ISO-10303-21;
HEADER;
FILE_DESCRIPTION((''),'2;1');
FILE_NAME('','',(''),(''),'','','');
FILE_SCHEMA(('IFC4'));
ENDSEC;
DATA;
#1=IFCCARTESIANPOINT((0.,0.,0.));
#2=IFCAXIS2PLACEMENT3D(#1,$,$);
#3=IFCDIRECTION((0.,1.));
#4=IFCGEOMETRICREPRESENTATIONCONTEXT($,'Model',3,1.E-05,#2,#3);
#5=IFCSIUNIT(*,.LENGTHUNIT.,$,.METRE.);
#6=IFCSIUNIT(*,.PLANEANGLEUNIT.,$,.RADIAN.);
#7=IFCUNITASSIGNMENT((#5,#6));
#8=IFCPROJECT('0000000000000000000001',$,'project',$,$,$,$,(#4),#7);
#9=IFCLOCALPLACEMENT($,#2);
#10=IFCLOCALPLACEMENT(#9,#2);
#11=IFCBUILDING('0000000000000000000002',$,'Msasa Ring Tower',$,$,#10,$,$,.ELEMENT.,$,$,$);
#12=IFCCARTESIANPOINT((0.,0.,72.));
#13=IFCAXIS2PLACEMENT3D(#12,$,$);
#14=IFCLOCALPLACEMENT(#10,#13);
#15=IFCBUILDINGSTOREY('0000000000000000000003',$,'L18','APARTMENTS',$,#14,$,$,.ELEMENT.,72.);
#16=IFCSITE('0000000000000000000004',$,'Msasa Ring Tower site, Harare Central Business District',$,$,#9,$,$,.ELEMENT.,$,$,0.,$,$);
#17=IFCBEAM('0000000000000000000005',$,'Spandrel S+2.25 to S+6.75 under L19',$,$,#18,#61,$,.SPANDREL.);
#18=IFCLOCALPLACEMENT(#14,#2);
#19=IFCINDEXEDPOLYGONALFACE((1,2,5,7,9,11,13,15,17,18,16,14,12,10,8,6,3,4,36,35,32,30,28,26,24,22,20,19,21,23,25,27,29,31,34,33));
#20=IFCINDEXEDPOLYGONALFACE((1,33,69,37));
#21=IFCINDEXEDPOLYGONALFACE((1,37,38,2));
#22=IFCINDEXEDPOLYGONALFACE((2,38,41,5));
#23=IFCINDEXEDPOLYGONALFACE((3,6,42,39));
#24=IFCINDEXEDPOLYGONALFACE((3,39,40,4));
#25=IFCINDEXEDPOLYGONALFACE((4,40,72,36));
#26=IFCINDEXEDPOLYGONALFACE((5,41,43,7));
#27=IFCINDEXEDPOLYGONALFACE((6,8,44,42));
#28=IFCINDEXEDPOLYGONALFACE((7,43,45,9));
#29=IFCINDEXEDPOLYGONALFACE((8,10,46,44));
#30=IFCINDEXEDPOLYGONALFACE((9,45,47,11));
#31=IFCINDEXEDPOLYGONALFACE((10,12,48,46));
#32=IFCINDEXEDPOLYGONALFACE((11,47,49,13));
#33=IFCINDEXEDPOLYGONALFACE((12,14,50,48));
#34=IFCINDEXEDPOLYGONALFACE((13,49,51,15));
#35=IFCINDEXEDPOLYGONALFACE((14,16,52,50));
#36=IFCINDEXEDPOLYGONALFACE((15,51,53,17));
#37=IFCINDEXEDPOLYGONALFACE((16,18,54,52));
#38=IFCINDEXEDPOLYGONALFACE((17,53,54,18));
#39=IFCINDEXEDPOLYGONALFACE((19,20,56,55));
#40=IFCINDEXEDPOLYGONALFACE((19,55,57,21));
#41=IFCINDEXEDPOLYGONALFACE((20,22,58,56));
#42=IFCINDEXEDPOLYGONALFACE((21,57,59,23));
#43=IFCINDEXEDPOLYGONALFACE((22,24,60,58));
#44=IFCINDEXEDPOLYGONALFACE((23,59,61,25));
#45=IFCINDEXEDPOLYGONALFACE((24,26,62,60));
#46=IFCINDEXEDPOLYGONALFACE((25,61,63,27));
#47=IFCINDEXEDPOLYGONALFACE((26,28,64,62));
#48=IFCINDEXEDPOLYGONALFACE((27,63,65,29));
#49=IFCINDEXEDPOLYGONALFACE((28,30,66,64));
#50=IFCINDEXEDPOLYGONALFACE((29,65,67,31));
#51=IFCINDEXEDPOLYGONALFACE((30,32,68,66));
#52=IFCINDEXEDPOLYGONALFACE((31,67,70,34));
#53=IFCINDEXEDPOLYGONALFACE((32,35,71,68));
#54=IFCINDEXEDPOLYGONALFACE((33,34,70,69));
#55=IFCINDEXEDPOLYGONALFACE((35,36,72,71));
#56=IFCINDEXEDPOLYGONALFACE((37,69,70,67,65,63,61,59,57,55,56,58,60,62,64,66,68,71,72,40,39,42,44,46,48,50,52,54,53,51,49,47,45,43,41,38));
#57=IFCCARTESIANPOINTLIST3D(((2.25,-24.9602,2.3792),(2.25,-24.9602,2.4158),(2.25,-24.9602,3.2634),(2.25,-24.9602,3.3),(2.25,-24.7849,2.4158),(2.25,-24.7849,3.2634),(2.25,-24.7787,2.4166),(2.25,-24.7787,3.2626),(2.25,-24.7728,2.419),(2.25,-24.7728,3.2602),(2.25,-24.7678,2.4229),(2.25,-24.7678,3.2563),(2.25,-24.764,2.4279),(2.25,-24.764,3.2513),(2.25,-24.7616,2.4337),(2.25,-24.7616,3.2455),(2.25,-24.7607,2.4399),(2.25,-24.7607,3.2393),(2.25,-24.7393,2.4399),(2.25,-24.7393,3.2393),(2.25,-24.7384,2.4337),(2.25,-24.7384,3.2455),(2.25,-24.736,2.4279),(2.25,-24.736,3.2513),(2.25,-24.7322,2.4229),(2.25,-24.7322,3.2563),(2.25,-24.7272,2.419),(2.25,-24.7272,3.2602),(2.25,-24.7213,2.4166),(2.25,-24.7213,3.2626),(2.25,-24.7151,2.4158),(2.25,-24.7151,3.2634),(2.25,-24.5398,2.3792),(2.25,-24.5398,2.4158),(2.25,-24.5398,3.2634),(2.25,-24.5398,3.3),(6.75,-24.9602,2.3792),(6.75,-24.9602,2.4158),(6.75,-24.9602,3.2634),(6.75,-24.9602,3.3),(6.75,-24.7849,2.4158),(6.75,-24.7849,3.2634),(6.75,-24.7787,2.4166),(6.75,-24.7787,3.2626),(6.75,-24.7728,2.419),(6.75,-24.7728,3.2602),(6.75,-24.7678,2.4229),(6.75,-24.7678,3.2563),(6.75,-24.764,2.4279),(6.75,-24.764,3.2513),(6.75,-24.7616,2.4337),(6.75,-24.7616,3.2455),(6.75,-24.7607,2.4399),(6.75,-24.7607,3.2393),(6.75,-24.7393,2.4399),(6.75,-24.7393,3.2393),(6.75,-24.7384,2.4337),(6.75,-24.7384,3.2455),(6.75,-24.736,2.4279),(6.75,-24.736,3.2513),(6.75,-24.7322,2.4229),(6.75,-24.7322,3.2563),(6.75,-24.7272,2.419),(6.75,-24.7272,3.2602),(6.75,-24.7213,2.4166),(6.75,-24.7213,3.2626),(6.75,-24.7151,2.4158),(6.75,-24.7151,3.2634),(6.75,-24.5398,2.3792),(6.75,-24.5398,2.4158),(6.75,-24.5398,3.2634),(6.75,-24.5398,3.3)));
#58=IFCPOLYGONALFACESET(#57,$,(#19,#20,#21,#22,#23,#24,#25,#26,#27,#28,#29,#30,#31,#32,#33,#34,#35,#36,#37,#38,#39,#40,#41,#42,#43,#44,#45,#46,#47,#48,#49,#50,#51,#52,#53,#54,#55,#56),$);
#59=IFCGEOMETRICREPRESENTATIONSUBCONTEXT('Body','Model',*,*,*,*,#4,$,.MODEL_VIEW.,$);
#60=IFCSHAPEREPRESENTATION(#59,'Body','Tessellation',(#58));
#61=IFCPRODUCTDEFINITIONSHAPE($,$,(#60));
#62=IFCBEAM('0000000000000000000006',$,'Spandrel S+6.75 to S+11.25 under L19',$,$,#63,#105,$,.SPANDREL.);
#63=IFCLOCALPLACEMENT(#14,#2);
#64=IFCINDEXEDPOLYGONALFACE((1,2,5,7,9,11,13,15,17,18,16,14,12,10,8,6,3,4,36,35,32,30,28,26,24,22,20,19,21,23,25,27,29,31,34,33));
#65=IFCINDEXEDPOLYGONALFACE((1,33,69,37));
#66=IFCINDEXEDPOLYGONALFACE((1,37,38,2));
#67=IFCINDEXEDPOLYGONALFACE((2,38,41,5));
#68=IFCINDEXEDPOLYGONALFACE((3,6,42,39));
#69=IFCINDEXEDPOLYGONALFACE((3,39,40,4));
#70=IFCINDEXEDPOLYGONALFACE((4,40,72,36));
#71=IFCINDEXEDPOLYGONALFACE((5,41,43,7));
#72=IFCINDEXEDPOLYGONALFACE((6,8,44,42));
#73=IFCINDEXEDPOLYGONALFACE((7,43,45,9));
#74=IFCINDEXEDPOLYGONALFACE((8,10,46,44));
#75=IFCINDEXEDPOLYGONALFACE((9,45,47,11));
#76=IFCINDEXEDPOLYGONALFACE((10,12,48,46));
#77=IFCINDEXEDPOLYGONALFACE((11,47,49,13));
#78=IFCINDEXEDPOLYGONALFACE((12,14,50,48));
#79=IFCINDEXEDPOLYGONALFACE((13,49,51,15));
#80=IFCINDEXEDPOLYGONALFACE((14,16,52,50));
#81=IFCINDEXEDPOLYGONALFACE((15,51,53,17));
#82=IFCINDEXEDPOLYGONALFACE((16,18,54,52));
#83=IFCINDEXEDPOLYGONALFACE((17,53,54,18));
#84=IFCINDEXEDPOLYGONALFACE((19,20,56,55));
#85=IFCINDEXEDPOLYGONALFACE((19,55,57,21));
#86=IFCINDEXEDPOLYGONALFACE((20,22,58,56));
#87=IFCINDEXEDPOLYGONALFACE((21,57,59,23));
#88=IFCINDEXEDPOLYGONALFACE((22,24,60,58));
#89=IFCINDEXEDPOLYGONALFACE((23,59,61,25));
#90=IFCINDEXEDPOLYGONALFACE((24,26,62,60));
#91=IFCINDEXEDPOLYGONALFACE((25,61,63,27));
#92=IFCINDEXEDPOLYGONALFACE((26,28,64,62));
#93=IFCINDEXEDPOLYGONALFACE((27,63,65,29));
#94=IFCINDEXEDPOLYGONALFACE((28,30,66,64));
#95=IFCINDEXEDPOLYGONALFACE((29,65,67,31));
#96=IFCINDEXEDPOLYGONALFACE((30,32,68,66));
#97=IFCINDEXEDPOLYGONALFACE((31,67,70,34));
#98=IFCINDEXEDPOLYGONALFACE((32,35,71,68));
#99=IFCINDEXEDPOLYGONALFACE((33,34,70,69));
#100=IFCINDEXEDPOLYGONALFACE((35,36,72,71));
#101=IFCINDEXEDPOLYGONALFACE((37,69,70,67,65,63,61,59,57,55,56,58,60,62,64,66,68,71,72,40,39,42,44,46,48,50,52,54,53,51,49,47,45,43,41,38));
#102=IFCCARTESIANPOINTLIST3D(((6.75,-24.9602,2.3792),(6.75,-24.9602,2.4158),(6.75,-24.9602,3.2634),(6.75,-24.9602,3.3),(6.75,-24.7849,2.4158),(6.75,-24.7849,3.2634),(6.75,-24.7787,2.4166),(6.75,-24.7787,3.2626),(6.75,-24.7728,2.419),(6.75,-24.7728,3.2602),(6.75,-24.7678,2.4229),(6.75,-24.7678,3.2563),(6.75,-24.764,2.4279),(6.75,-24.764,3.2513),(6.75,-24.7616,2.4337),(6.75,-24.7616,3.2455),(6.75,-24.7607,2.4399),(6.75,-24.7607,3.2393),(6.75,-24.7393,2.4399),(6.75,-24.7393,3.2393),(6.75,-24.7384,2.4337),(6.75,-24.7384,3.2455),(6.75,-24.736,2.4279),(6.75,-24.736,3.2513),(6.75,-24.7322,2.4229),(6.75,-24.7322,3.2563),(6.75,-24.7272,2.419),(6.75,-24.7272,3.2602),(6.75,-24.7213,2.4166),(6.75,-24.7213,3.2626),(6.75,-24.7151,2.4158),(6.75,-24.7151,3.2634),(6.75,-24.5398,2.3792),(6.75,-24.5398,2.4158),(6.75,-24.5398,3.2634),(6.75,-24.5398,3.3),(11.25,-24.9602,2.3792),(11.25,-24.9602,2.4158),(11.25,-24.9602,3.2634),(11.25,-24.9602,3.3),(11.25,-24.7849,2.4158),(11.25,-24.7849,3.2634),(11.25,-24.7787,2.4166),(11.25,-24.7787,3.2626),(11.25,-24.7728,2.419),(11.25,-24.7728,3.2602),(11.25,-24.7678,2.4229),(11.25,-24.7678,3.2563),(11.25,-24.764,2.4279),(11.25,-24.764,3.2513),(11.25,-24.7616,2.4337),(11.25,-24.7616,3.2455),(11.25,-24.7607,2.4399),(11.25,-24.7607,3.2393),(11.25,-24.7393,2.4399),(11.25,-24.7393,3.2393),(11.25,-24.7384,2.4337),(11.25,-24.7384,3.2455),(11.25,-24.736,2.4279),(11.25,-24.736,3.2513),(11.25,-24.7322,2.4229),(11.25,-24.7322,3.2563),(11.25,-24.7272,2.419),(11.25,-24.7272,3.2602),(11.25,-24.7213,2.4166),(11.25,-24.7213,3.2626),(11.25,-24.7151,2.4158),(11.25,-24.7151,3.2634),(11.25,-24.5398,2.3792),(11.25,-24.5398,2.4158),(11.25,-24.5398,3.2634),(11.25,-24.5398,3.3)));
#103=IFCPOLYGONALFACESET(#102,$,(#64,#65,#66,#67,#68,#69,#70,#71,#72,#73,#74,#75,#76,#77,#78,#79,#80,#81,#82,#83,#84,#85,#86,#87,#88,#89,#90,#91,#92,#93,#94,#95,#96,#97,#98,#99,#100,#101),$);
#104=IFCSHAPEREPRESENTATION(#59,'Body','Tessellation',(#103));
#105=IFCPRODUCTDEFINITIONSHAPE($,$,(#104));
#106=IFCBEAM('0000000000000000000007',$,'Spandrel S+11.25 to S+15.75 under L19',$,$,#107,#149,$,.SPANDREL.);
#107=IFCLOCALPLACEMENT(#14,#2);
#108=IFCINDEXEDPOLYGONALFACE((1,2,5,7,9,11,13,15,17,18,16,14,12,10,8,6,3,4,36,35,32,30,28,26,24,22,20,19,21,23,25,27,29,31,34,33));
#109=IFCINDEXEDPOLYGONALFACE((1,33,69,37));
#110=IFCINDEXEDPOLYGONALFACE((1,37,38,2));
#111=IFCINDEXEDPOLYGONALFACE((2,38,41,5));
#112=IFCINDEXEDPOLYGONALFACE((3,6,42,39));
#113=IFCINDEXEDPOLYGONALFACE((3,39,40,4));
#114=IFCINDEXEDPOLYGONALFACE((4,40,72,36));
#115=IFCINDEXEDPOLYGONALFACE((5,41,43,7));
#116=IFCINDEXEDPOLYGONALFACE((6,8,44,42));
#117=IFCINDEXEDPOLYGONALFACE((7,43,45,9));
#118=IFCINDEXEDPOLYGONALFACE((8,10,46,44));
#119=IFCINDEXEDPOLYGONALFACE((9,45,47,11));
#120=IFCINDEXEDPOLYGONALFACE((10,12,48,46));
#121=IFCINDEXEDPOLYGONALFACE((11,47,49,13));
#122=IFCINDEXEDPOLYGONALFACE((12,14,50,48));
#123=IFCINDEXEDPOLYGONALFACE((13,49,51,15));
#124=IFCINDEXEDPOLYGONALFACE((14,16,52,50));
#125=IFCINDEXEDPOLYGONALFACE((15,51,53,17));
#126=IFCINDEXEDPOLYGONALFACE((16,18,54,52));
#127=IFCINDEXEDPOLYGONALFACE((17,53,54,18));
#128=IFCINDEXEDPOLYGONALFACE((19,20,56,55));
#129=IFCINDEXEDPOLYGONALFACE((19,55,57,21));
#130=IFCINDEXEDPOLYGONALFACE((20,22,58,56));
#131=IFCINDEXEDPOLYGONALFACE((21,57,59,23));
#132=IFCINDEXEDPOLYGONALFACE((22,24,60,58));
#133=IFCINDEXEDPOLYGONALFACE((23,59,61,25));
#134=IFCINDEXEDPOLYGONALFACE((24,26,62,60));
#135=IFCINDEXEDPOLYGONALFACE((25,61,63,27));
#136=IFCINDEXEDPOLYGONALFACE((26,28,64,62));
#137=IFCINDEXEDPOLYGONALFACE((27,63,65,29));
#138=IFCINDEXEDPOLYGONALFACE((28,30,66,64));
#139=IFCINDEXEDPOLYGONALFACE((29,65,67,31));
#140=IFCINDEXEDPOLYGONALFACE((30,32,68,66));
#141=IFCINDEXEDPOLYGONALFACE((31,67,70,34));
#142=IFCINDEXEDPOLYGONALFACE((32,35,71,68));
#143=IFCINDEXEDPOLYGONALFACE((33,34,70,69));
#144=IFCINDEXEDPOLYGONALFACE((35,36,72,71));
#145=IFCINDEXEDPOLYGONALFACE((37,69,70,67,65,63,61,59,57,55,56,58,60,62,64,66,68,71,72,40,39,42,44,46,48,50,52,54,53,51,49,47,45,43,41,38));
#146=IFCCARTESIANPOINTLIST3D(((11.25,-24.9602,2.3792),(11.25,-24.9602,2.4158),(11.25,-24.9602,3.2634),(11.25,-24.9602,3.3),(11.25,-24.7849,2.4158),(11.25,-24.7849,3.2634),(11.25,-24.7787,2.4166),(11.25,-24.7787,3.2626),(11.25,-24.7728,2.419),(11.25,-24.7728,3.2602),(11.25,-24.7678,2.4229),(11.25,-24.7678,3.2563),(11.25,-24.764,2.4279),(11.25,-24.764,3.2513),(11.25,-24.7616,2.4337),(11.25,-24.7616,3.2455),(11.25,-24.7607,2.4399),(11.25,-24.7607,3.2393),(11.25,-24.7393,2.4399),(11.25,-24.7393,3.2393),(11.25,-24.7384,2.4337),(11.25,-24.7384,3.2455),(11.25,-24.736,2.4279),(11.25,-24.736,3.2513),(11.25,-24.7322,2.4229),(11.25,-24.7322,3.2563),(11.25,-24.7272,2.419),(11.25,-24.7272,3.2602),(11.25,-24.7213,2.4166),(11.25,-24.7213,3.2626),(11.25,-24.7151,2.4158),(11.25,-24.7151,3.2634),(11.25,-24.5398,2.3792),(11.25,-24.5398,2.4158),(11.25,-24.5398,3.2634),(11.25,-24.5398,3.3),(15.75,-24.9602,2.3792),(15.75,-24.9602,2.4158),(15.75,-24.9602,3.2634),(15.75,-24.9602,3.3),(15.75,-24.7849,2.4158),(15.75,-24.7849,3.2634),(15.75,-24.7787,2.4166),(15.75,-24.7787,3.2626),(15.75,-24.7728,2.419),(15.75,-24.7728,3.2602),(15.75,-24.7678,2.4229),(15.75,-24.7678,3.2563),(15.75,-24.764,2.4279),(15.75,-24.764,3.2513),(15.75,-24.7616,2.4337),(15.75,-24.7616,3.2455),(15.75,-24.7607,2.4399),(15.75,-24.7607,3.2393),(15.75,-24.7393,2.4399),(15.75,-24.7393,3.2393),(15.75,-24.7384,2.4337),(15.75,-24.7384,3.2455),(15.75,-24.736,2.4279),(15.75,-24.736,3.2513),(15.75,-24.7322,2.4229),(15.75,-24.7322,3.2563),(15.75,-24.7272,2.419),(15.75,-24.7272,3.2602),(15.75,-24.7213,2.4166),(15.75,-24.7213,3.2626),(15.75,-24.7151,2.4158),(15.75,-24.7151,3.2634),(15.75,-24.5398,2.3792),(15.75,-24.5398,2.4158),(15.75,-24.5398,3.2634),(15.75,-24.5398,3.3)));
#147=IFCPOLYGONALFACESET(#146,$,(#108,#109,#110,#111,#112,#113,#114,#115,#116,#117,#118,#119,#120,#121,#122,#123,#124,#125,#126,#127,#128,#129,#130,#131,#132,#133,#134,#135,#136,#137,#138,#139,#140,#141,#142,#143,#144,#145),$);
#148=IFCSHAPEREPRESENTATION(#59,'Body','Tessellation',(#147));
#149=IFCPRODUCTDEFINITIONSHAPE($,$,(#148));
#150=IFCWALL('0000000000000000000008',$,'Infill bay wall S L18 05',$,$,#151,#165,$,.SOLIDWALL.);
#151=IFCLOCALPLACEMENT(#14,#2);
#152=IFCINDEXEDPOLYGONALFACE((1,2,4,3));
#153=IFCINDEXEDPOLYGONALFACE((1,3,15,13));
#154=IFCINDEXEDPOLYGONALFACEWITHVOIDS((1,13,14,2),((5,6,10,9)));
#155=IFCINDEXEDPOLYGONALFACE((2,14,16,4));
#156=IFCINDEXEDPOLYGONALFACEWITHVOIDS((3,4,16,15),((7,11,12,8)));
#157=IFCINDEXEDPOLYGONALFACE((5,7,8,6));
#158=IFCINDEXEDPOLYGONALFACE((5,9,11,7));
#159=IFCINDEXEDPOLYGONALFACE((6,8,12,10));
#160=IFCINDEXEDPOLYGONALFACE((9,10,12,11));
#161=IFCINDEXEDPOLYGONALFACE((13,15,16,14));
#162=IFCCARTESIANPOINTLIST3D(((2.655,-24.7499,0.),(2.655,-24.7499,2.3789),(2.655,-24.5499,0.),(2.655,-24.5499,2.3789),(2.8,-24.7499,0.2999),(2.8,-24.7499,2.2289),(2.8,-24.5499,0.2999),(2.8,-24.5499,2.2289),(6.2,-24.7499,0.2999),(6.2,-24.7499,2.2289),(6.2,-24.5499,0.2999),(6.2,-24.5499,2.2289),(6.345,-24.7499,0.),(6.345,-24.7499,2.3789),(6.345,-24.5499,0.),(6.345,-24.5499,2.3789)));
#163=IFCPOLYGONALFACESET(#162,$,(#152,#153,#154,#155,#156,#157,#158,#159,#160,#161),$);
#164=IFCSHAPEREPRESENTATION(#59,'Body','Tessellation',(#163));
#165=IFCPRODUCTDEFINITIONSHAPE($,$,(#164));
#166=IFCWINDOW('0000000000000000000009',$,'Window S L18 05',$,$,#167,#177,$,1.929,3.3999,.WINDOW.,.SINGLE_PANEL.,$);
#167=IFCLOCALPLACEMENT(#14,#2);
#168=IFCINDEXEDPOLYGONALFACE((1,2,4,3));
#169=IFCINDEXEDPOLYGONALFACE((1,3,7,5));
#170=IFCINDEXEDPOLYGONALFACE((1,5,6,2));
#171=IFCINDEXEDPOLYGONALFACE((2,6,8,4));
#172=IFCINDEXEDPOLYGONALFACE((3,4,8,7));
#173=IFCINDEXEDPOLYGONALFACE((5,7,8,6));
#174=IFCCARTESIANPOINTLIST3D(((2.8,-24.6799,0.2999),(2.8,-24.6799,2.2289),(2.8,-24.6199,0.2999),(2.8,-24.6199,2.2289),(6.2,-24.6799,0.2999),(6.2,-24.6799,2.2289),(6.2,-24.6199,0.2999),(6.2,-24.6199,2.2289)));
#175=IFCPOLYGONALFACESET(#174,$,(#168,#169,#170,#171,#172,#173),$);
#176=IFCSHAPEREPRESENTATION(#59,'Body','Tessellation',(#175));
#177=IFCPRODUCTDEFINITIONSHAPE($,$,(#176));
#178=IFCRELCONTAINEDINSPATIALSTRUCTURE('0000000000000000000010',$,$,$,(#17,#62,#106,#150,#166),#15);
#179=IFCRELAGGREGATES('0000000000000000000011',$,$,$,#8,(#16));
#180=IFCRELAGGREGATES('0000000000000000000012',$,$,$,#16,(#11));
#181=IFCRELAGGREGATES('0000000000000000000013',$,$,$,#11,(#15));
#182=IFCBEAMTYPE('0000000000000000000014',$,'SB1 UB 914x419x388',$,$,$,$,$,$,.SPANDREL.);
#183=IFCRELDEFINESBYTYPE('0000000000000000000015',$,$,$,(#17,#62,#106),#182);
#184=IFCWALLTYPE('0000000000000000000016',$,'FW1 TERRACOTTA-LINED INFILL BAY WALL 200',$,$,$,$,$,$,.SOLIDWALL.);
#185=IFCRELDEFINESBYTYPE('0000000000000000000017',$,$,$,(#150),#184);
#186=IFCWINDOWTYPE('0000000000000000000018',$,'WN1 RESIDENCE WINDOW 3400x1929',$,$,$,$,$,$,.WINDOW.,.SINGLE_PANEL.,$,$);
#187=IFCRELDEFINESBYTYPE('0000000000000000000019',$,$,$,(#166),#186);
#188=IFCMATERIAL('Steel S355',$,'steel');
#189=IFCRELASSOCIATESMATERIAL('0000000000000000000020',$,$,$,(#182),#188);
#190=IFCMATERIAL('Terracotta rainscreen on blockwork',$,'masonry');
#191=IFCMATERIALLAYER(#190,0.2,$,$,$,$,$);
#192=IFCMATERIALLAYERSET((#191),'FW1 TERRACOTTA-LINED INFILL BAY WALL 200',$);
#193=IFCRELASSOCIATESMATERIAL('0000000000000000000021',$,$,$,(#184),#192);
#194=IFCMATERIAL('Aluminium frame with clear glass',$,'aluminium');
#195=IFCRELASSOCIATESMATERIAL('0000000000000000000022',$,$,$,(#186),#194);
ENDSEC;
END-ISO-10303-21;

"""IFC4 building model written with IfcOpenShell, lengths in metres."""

from ifc_helpers import new_model, si_unit, direction, frame, frame_2d, origin, origin_2d, place, context, subcontext, project, spatial, rectangle, i_section, extrude, material, layer, layer_set, material_profile, profile_set, type_object, element, fill, save


model = new_model("IFC4")

# Units and contexts
model_context = context("Model", 3, precision=1e-05, world=origin(), true_north=direction((0.0, 1.0)))
body_context = subcontext(model_context, "Body", "Model", "MODEL_VIEW")
ifc_project = project(units=[si_unit("LENGTHUNIT", "METRE"), si_unit("PLANEANGLEUNIT", "RADIAN")], contexts=[model_context])

# Site, building, storey
site_placement = place(None, origin())
site = spatial("IfcSite", under=ifc_project, at=site_placement, Name="Msasa Ring Tower site, Harare Central Business District", CompositionType="ELEMENT", RefElevation=0.0)
building_placement = place(site_placement, origin())
building = spatial("IfcBuilding", under=site, at=building_placement, Name="Msasa Ring Tower", CompositionType="ELEMENT")
storey_placement = place(building_placement, frame((0.0, 0.0, 72.0)))
storey = spatial("IfcBuildingStorey", under=building, at=storey_placement, Name="L18", Description="APARTMENTS", CompositionType="ELEMENT", Elevation=72.0)

# Beams
ifc_material_1 = material(Name="Steel S355", Category="steel")
ifc_material_profile_1 = material_profile(ifc_material_1, i_section(OverallWidth=0.4204, OverallDepth=0.9209, WebThickness=0.0215, FlangeThickness=0.0366, FilletRadius=0.0242, at=origin_2d()), Name="UB 914x419x388")
ifc_profile_set_1 = profile_set([ifc_material_profile_1], Name="Steel S355")
beam_type_1 = type_object("IfcBeamType", Name="SB1 UB 914x419x388", PredefinedType="SPANDREL", material=ifc_profile_set_1)
for number, where, z_axis, x_axis, name in (
    (1, (2.25, -24.75, 2.8396), (1.0, 0.0, 0.0), (0.0, 1.0, 0.0), "Spandrel S+2.25 to S+6.75 under L19"),
    (2, (6.75, -24.75, 2.8396), (1.0, 0.0, 0.0), (0.0, 1.0, 0.0), "Spandrel S+6.75 to S+11.25 under L19"),
    (3, (11.25, -24.75, 2.8396), (1.0, 0.0, 0.0), (0.0, 1.0, 0.0), "Spandrel S+11.25 to S+15.75 under L19"),
):
    element("IfcBeam", number, at=place(storey_placement, frame(where, z_axis=z_axis, x_axis=x_axis)), inside=storey, type_object=beam_type_1, Name=name, PredefinedType="SPANDREL", context=body_context, shape_type="SweptSolid", body=[
        extrude(i_section(OverallWidth=0.4204, OverallDepth=0.9209, WebThickness=0.0215, FlangeThickness=0.0366, FilletRadius=0.0242, at=origin_2d()), origin(), (0.0, 0.0, 1.0), 4.5),
    ])

# Wall, opening, window
ifc_material_2 = material(Name="Terracotta rainscreen on blockwork", Category="masonry")
ifc_layer_1 = layer(ifc_material_2, 0.2)
ifc_layer_set_1 = layer_set([ifc_layer_1], Name="FW1 TERRACOTTA-LINED INFILL BAY WALL 200")
wall_type_1 = type_object("IfcWallType", Name="FW1 TERRACOTTA-LINED INFILL BAY WALL 200", PredefinedType="SOLIDWALL", material=ifc_layer_set_1)
wall_1_placement = place(storey_placement, frame((2.655, -24.6499, 0.0), z_axis=(0.0, 0.0, 1.0), x_axis=(1.0, 0.0, 0.0)))
wall_1 = element("IfcWall", 4, at=wall_1_placement, inside=storey, type_object=wall_type_1, Name="Infill bay wall S L18 05", PredefinedType="SOLIDWALL", context=body_context, shape_type="SweptSolid", body=[
    extrude(rectangle(XDim=3.6899, YDim=0.2, at=frame_2d((1.845, 0.0))), origin(), (0.0, 0.0, 1.0), 2.3789),
])
opening_1_placement = place(wall_1_placement, frame((0.145, 0.0, 0.3)))
opening_1 = element("IfcOpeningElement", 5, at=opening_1_placement, cuts=wall_1, PredefinedType="OPENING", context=body_context, shape_type="SweptSolid", body=[
    extrude(rectangle(XDim=3.3999, YDim=1.929, at=frame_2d((1.7, 0.9644))), frame((0.0, 0.1099, 0.0), z_axis=(0.0, -1.0, 0.0), x_axis=(1.0, 0.0, 0.0)), (0.0, 0.0, 1.0), 0.22),
])
ifc_material_3 = material(Name="Aluminium frame with clear glass", Category="aluminium")
window_type = type_object("IfcWindowType", Name="WN1 RESIDENCE WINDOW 3400x1929", PartitioningType="SINGLE_PANEL", PredefinedType="WINDOW", material=ifc_material_3)
window_1_placement = place(opening_1_placement, origin())
window_1 = element("IfcWindow", 6, at=window_1_placement, inside=storey, type_object=window_type, Name="Window S L18 05", OverallHeight=1.929, OverallWidth=3.3999, PartitioningType="SINGLE_PANEL", PredefinedType="WINDOW", context=body_context, shape_type="SweptSolid", body=[
    extrude(rectangle(XDim=3.3999, YDim=1.929, at=frame_2d((1.7, 0.9644))), frame((0.0, 0.03, 0.0), z_axis=(0.0, -1.0, 0.0), x_axis=(1.0, 0.0, 0.0)), (0.0, 0.0, 1.0), 0.0601),
])
fill(opening_1, window_1)

save(model, "model.ifc")
